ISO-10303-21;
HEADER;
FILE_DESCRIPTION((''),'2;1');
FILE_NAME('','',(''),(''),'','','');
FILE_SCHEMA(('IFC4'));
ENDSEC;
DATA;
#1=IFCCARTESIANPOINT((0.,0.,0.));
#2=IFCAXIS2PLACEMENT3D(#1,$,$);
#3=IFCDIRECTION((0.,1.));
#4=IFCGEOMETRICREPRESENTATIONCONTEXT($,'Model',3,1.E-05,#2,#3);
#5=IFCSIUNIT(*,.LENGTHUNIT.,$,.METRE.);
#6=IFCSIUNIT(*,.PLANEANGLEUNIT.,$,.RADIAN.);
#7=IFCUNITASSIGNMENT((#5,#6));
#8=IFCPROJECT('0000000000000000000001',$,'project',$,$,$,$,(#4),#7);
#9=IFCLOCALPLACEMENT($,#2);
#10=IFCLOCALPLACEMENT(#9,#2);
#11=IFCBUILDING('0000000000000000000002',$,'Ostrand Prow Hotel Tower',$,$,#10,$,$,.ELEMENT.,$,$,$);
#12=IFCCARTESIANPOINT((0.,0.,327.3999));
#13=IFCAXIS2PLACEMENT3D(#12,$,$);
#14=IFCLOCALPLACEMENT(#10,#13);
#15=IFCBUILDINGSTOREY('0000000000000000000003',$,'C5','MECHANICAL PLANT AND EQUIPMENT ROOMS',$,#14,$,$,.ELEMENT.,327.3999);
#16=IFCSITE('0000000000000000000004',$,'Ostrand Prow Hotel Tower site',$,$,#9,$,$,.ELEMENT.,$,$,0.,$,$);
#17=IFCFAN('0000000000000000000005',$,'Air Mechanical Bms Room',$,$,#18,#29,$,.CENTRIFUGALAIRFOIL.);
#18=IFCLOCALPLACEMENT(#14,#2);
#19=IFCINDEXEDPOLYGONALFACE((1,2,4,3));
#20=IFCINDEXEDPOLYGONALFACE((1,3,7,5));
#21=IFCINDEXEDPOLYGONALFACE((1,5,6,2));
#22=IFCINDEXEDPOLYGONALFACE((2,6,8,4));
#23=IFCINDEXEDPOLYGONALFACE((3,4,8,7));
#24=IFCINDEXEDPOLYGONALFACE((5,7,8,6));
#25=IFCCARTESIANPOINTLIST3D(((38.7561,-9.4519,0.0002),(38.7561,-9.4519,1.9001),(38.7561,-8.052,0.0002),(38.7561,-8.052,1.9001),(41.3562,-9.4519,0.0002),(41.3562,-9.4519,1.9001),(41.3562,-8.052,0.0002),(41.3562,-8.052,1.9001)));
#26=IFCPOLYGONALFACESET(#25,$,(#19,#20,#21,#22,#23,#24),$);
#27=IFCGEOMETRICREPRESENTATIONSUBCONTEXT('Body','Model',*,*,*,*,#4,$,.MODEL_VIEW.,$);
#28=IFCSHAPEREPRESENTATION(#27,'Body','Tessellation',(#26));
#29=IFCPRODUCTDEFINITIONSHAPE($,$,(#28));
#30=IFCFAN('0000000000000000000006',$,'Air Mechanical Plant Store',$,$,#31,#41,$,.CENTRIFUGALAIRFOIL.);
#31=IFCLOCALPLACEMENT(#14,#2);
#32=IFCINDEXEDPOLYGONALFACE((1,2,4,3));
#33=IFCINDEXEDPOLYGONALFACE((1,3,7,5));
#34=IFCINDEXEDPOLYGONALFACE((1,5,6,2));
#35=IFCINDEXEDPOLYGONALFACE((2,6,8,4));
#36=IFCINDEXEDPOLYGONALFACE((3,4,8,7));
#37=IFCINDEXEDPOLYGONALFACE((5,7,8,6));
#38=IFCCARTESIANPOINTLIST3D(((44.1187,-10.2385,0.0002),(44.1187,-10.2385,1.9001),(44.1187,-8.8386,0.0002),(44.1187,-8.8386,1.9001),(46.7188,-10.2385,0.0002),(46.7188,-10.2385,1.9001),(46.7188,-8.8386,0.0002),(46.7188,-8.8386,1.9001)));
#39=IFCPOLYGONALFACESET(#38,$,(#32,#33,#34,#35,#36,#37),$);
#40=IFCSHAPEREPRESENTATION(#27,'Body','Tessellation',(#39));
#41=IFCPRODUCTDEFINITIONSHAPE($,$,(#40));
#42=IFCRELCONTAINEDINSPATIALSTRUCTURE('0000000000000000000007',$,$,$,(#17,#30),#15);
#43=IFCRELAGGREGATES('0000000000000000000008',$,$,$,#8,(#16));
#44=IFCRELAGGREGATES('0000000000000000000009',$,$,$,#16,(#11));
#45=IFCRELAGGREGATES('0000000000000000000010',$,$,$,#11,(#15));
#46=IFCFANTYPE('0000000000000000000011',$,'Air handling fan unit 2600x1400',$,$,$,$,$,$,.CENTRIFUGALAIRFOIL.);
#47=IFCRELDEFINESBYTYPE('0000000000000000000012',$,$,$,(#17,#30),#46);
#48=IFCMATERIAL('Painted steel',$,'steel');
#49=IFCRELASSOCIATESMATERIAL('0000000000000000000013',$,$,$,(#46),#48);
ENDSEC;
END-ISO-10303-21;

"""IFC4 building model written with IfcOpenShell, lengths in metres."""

from ifc_helpers import new_model, si_unit, direction, frame, origin, origin_2d, place, context, subcontext, project, spatial, rectangle, extrude, material, type_object, element, save


model = new_model("IFC4")

# Units and contexts
model_context = context("Model", 3, precision=1e-05, world=origin(), true_north=direction((0.0, 1.0)))
body_context = subcontext(model_context, "Body", "Model", "MODEL_VIEW")
ifc_project = project(units=[si_unit("LENGTHUNIT", "METRE"), si_unit("PLANEANGLEUNIT", "RADIAN")], contexts=[model_context])

# Site, building, storey
site_placement = place(None, origin())
site = spatial("IfcSite", under=ifc_project, at=site_placement, Name="Ostrand Prow Hotel Tower site", CompositionType="ELEMENT", RefElevation=0.0)
building_placement = place(site_placement, origin())
building = spatial("IfcBuilding", under=site, at=building_placement, Name="Ostrand Prow Hotel Tower", CompositionType="ELEMENT")
storey_placement = place(building_placement, frame((0.0, 0.0, 327.3999)))
storey = spatial("IfcBuildingStorey", under=building, at=storey_placement, Name="C5", Description="MECHANICAL PLANT AND EQUIPMENT ROOMS", CompositionType="ELEMENT", Elevation=327.3999)

# Fans
ifc_material_1 = material(Name="Painted steel", Category="steel")
fan_type = type_object("IfcFanType", Name="Air handling fan unit 2600x1400", PredefinedType="CENTRIFUGALAIRFOIL", material=ifc_material_1)
for number, where, z_axis, x_axis, name in (
    (1, (40.0562, -8.752, 0.0002), (0.0, 0.0, 1.0), (1.0, 0.0, 0.0), "Air Mechanical Bms Room"),
    (2, (45.4187, -9.5386, 0.0002), (0.0, 0.0, 1.0), (1.0, 0.0, 0.0), "Air Mechanical Plant Store"),
):
    element("IfcFan", number, at=place(storey_placement, frame(where, z_axis=z_axis, x_axis=x_axis)), inside=storey, type_object=fan_type, Name=name, PredefinedType="CENTRIFUGALAIRFOIL", context=body_context, shape_type="SweptSolid", body=[
        extrude(rectangle(XDim=2.6001, YDim=1.3999, at=origin_2d()), origin(), (0.0, 0.0, 1.0), 1.8999),
    ])

save(model, "model.ifc")
